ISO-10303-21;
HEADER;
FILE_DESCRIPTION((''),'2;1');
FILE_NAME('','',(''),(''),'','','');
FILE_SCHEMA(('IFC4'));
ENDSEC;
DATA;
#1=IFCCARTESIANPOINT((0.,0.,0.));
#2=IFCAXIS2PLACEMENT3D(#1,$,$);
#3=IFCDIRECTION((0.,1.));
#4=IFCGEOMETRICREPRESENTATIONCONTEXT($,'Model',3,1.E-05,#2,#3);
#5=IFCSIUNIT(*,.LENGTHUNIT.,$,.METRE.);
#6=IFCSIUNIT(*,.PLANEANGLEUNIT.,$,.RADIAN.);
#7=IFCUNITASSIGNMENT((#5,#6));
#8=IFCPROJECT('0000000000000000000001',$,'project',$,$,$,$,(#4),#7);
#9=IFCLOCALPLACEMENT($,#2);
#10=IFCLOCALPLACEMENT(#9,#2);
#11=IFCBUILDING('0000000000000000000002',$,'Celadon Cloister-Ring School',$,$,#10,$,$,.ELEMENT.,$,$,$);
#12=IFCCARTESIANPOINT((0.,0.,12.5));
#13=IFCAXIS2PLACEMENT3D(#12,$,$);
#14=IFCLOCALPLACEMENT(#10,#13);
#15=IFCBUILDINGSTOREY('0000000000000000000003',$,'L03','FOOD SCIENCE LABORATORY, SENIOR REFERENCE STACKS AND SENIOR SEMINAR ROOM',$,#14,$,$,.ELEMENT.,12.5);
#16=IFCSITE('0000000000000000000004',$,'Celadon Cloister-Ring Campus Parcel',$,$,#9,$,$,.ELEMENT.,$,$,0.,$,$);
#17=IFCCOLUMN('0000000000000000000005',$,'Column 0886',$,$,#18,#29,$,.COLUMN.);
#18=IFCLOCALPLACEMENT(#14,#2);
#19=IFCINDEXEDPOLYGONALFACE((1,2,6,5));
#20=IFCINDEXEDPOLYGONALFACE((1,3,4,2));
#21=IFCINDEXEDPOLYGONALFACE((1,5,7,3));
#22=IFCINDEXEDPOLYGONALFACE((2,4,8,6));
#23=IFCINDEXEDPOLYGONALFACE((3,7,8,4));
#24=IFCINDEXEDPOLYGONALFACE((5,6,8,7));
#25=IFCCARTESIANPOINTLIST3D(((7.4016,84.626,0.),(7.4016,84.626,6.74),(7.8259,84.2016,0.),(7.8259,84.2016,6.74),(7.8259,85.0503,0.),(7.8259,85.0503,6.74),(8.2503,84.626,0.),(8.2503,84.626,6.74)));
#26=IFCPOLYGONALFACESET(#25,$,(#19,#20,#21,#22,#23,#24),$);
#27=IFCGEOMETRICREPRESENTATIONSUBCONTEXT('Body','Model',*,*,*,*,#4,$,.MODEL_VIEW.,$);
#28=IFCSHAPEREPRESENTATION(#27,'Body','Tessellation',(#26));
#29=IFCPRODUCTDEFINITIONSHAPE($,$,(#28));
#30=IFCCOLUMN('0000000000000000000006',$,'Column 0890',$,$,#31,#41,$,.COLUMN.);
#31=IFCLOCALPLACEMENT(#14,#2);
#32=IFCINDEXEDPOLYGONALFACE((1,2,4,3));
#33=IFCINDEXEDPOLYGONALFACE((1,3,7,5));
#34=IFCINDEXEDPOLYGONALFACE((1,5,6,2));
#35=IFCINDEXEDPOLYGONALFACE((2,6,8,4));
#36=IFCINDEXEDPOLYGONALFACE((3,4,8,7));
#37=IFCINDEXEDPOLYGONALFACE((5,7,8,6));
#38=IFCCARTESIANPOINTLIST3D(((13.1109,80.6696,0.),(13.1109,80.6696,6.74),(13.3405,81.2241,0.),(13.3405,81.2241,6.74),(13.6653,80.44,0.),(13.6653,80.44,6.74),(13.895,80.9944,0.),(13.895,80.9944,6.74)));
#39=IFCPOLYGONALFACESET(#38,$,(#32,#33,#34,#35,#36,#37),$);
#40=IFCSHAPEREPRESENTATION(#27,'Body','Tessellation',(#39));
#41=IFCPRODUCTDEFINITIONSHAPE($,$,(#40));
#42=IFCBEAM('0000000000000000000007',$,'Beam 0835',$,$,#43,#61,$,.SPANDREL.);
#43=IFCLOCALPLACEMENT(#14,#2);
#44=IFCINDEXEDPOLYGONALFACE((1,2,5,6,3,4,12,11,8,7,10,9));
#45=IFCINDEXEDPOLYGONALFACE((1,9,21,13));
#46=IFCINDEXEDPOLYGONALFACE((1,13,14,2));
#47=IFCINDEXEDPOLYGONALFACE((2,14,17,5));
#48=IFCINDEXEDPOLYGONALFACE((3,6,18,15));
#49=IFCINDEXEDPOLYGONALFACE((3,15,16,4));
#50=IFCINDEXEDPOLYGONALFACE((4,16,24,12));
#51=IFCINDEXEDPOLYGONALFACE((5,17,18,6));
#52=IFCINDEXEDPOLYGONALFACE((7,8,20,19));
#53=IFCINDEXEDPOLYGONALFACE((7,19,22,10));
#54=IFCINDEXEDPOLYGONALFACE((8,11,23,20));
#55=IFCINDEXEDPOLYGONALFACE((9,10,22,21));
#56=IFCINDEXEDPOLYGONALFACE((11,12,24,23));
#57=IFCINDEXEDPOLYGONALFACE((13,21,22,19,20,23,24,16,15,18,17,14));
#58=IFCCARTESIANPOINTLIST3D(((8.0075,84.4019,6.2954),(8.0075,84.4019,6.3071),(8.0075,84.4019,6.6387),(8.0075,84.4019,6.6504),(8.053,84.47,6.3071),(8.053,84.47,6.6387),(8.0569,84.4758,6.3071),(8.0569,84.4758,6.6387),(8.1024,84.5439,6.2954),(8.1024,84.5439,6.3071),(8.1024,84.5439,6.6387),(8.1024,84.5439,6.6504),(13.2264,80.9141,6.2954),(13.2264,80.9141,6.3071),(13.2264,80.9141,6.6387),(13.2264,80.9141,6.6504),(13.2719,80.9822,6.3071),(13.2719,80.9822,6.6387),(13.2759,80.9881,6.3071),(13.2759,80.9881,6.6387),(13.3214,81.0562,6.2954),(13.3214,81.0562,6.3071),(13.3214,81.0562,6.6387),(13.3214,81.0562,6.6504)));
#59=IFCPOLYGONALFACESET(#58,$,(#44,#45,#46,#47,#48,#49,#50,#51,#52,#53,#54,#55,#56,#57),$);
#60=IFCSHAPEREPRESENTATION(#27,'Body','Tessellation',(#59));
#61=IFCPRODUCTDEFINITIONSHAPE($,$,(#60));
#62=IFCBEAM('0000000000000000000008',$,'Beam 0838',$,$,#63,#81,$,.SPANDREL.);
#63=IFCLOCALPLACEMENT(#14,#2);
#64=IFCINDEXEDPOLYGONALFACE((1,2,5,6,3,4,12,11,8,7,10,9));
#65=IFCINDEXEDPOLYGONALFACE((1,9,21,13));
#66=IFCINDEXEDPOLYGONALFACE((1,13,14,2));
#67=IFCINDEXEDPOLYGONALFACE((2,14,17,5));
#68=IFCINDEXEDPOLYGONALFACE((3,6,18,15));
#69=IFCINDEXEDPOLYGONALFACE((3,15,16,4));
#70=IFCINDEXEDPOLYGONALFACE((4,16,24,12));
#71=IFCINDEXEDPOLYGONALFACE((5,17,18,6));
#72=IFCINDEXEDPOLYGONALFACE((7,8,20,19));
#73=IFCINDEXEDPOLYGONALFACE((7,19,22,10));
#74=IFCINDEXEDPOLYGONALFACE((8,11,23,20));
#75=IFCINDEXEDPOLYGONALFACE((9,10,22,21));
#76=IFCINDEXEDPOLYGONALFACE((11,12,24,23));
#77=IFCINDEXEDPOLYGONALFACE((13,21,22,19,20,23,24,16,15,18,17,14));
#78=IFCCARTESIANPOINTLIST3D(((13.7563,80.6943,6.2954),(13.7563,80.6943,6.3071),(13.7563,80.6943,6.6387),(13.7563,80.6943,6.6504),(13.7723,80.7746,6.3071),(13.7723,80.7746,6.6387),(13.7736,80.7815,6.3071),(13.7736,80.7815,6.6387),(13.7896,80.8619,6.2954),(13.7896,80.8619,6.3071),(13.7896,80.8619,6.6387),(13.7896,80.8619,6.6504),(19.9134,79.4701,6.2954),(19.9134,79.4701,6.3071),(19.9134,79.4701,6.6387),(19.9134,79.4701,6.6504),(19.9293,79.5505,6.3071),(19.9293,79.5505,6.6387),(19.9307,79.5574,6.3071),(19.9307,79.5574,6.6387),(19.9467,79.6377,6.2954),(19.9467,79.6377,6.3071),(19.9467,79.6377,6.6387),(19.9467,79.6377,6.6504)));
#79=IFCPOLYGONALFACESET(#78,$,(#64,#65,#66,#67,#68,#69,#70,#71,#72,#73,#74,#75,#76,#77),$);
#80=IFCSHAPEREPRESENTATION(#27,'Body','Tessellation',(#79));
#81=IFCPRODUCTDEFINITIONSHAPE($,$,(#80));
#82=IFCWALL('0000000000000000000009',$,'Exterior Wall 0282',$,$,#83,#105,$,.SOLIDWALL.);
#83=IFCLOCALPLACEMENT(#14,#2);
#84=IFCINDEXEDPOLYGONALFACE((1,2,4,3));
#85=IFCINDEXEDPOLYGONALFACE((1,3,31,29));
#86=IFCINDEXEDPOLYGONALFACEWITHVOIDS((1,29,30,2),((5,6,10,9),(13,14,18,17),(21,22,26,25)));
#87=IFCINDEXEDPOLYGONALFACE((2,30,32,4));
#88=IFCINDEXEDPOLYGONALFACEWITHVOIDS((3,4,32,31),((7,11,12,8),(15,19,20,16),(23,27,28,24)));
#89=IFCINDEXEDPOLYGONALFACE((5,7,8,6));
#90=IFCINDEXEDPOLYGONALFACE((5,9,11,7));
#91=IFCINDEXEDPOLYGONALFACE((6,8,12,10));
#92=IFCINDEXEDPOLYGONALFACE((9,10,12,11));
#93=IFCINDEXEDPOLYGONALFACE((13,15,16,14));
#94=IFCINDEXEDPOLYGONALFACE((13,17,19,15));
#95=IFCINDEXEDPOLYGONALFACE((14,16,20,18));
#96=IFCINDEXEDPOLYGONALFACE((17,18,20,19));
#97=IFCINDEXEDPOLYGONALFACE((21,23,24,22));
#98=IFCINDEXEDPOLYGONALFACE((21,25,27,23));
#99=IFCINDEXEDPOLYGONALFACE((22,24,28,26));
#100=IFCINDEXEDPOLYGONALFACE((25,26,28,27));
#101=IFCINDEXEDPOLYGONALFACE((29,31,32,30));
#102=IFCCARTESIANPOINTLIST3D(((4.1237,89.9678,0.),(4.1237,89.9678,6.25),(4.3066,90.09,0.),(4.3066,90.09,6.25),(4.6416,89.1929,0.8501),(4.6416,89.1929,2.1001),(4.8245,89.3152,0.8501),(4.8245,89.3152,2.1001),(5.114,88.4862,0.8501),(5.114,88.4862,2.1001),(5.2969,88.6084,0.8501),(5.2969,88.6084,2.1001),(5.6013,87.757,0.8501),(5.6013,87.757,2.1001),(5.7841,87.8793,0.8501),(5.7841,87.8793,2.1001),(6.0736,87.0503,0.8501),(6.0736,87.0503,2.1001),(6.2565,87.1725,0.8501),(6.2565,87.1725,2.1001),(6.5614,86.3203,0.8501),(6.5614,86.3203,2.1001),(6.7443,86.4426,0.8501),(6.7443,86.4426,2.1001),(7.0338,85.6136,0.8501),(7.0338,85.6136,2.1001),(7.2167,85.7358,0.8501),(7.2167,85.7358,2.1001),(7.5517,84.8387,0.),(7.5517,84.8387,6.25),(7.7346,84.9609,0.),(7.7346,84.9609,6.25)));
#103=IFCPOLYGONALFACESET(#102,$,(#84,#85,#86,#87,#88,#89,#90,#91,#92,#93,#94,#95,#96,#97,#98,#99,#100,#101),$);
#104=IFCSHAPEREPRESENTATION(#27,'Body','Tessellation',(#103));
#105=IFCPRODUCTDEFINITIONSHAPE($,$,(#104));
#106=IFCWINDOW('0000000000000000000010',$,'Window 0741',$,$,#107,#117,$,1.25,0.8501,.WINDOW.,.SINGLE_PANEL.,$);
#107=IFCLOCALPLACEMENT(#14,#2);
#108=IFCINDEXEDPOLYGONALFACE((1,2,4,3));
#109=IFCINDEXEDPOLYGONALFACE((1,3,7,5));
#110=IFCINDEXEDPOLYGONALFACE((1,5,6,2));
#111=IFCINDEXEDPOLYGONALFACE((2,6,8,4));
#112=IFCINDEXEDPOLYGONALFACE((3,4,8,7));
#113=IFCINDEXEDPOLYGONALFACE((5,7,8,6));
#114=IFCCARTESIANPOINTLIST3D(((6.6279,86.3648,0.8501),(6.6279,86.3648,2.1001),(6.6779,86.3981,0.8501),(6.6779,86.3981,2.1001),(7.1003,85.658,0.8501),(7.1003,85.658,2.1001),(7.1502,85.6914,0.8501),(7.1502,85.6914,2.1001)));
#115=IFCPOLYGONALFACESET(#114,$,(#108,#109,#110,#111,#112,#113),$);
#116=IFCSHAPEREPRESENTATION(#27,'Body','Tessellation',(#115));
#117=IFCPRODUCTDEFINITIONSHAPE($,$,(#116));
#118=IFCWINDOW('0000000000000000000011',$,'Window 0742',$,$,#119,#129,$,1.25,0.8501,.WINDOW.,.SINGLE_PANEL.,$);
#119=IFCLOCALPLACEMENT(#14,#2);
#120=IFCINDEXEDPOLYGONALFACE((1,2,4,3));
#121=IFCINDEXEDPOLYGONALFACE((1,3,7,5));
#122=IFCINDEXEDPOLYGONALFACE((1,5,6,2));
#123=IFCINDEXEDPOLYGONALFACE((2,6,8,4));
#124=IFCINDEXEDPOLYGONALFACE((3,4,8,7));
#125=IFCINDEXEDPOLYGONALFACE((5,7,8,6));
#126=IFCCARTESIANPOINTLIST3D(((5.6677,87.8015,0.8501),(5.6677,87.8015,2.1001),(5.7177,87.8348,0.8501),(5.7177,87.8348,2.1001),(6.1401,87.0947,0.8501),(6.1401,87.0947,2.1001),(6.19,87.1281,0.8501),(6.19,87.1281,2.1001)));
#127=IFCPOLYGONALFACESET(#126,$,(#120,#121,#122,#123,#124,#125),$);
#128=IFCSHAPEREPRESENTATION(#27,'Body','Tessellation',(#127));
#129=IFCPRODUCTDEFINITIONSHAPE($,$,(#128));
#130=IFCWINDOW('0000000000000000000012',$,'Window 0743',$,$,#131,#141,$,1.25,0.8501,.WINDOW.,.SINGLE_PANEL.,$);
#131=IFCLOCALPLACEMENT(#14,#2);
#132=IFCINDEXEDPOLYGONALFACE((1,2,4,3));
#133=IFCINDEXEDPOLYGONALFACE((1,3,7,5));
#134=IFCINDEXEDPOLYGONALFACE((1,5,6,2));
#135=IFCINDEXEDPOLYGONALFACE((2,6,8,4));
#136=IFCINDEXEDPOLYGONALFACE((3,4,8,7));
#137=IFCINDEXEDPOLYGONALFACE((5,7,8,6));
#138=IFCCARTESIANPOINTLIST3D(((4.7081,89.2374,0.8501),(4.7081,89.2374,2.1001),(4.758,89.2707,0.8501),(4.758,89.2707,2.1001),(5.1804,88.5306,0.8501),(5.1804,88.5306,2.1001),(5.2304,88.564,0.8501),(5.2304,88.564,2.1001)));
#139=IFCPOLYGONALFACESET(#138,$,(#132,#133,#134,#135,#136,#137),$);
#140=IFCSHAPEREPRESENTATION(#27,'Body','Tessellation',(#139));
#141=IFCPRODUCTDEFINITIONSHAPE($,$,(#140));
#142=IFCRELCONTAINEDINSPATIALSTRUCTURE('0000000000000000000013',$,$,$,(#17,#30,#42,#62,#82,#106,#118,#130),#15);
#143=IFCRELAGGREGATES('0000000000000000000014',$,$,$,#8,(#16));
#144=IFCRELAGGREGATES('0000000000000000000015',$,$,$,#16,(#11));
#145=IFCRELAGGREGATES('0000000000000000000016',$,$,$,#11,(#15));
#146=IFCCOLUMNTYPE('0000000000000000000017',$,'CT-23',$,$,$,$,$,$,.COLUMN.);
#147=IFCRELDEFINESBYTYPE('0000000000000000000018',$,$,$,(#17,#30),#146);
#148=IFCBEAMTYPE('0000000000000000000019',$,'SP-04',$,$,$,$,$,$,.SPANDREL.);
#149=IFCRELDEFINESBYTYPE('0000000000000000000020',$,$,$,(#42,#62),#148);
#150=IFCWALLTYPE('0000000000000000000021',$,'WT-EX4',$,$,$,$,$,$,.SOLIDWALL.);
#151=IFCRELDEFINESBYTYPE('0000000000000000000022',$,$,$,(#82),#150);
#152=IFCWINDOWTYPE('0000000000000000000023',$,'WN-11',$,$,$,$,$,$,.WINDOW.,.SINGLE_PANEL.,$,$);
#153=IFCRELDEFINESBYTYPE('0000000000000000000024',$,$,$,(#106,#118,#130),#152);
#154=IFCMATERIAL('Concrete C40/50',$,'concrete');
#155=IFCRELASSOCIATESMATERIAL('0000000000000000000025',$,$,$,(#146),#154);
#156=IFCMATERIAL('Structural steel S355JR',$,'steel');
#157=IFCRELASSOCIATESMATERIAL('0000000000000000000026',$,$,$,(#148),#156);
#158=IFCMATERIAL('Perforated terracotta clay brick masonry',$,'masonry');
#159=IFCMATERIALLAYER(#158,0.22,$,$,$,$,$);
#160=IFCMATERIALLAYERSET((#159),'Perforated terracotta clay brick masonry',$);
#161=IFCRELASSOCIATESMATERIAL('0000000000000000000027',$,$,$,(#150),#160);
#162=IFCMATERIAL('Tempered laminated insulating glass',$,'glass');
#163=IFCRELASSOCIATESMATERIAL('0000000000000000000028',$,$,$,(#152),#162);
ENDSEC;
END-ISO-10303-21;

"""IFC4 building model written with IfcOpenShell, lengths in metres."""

from ifc_helpers import new_model, si_unit, direction, frame, frame_2d, origin, origin_2d, place, context, subcontext, project, spatial, rectangle, i_section, extrude, material, layer, layer_set, material_profile, profile_set, type_object, element, fill, save


model = new_model("IFC4")

# Units and contexts
model_context = context("Model", 3, precision=1e-05, world=origin(), true_north=direction((0.0, 1.0)))
body_context = subcontext(model_context, "Body", "Model", "MODEL_VIEW")
ifc_project = project(units=[si_unit("LENGTHUNIT", "METRE"), si_unit("PLANEANGLEUNIT", "RADIAN")], contexts=[model_context])

# Site, building, storey
site_placement = place(None, origin())
site = spatial("IfcSite", under=ifc_project, at=site_placement, Name="Celadon Cloister-Ring Campus Parcel", CompositionType="ELEMENT", RefElevation=0.0)
building_placement = place(site_placement, origin())
building = spatial("IfcBuilding", under=site, at=building_placement, Name="Celadon Cloister-Ring School", CompositionType="ELEMENT")
storey_placement = place(building_placement, frame((0.0, 0.0, 12.5)))
storey = spatial("IfcBuildingStorey", under=building, at=storey_placement, Name="L03", Description="FOOD SCIENCE LABORATORY, SENIOR REFERENCE STACKS AND SENIOR SEMINAR ROOM", CompositionType="ELEMENT", Elevation=12.5)

# Columns
ifc_material_1 = material(Name="Concrete C40/50", Category="concrete")
ifc_material_profile_1 = material_profile(ifc_material_1, rectangle(XDim=0.6001, YDim=0.6001, at=origin_2d()), Name="RC600X600")
ifc_profile_set_1 = profile_set([ifc_material_profile_1], Name="Concrete C40/50")
column_type = type_object("IfcColumnType", Name="CT-23", PredefinedType="COLUMN", material=ifc_profile_set_1)
for number, where, z_axis, x_axis, name in (
    (1, (7.8259, 84.626, 0.0), (0.0, 0.0, 1.0), (-0.707107, -0.707107, 0.0), "Column 0886"),
    (2, (13.5029, 80.832, 0.0), (0.0, 0.0, 1.0), (-0.382683, -0.92388, 0.0), "Column 0890"),
):
    element("IfcColumn", number, at=place(storey_placement, frame(where, z_axis=z_axis, x_axis=x_axis)), inside=storey, type_object=column_type, Name=name, PredefinedType="COLUMN", context=body_context, shape_type="SweptSolid", body=[
        extrude(rectangle(XDim=0.6001, YDim=0.6001, at=origin_2d()), origin(), (0.0, 0.0, 1.0), 6.74),
    ])

# Beams
ifc_material_2 = material(Name="Structural steel S355JR", Category="steel")
ifc_material_profile_2 = material_profile(ifc_material_2, i_section(OverallWidth=0.1709, OverallDepth=0.355, WebThickness=0.0071, FlangeThickness=0.0117, at=origin_2d()), Name="W360X51")
ifc_profile_set_2 = profile_set([ifc_material_profile_2], Name="Structural steel S355JR")
beam_type = type_object("IfcBeamType", Name="SP-04", PredefinedType="SPANDREL", material=ifc_profile_set_2)
beam_1_placement = place(storey_placement, frame((8.0549, 84.4729, 6.4729), z_axis=(0.831427, -0.555633, 0.0), x_axis=(0.555633, 0.831427, 0.0)))
element("IfcBeam", 3, at=beam_1_placement, inside=storey, type_object=beam_type, Name="Beam 0835", PredefinedType="SPANDREL", context=body_context, shape_type="SweptSolid", body=[
    extrude(i_section(OverallWidth=0.1709, OverallDepth=0.355, WebThickness=0.0071, FlangeThickness=0.0117, at=origin_2d()), origin(), (0.0, 0.0, 1.0), 6.2771),
])
beam_2_placement = place(storey_placement, frame((13.7729, 80.7781, 6.4729), z_axis=(0.980803, -0.195002, 0.0), x_axis=(0.195002, 0.980803, 0.0)))
element("IfcBeam", 4, at=beam_2_placement, inside=storey, type_object=beam_type, Name="Beam 0838", PredefinedType="SPANDREL", context=body_context, shape_type="SweptSolid", body=[
    extrude(i_section(OverallWidth=0.1709, OverallDepth=0.355, WebThickness=0.0071, FlangeThickness=0.0117, at=origin_2d()), origin(), (0.0, 0.0, 1.0), 6.2776),
])

# Wall, openings, windows
ifc_material_3 = material(Name="Perforated terracotta clay brick masonry", Category="masonry")
ifc_layer_1 = layer(ifc_material_3, 0.22)
ifc_layer_set_1 = layer_set([ifc_layer_1], Name="Perforated terracotta clay brick masonry")
wall_type = type_object("IfcWallType", Name="WT-EX4", PredefinedType="SOLIDWALL", material=ifc_layer_set_1)
wall_1_placement = place(storey_placement, frame((7.6431, 84.8999, 0.0), z_axis=(0.0, 0.0, 1.0), x_axis=(-0.555659, 0.83141, 0.0)))
wall_1 = element("IfcWall", 5, at=wall_1_placement, inside=storey, type_object=wall_type, Name="Exterior Wall 0282", PredefinedType="SOLIDWALL", context=body_context, shape_type="SweptSolid", body=[
    extrude(rectangle(XDim=6.1692, YDim=0.22, at=frame_2d((3.0845, 0.0))), origin(), (0.0, 0.0, 1.0), 6.25),
])
opening_1_placement = place(wall_1_placement, frame((0.9319, 0.0, 0.8501)))
opening_1 = element("IfcOpeningElement", 6, at=opening_1_placement, cuts=wall_1, PredefinedType="OPENING", context=body_context, shape_type="SweptSolid", body=[
    extrude(rectangle(XDim=0.8501, YDim=1.25, at=frame_2d((0.425, 0.625))), frame((0.0, 0.1201, 0.0), z_axis=(0.0, -1.0, 0.0), x_axis=(1.0, 0.0, 0.0)), (0.0, 0.0, 1.0), 0.24),
])
opening_2_placement = place(wall_1_placement, frame((2.6599, 0.0, 0.8501)))
opening_2 = element("IfcOpeningElement", 7, at=opening_2_placement, cuts=wall_1, PredefinedType="OPENING", context=body_context, shape_type="SweptSolid", body=[
    extrude(rectangle(XDim=0.8501, YDim=1.25, at=frame_2d((0.425, 0.625))), frame((0.0, 0.1201, 0.0), z_axis=(0.0, -1.0, 0.0), x_axis=(1.0, 0.0, 0.0)), (0.0, 0.0, 1.0), 0.24),
])
opening_3_placement = place(wall_1_placement, frame((4.387, 0.0, 0.8501)))
opening_3 = element("IfcOpeningElement", 8, at=opening_3_placement, cuts=wall_1, PredefinedType="OPENING", context=body_context, shape_type="SweptSolid", body=[
    extrude(rectangle(XDim=0.8501, YDim=1.25, at=frame_2d((0.425, 0.625))), frame((0.0, 0.1201, 0.0), z_axis=(0.0, -1.0, 0.0), x_axis=(1.0, 0.0, 0.0)), (0.0, 0.0, 1.0), 0.24),
])
ifc_material_4 = material(Name="Tempered laminated insulating glass", Category="glass")
window_type = type_object("IfcWindowType", Name="WN-11", PartitioningType="SINGLE_PANEL", PredefinedType="WINDOW", material=ifc_material_4)
window_1_placement = place(opening_1_placement, origin())
window_1 = element("IfcWindow", 9, at=window_1_placement, inside=storey, type_object=window_type, Name="Window 0741", OverallHeight=1.25, OverallWidth=0.8501, PartitioningType="SINGLE_PANEL", PredefinedType="WINDOW", context=body_context, shape_type="SweptSolid", body=[
    extrude(rectangle(XDim=0.8501, YDim=1.25, at=frame_2d((0.425, 0.625))), frame((0.0, 0.03, 0.0), z_axis=(0.0, -1.0, 0.0), x_axis=(1.0, 0.0, 0.0)), (0.0, 0.0, 1.0), 0.0601),
])
fill(opening_1, window_1)
window_2_placement = place(opening_2_placement, origin())
window_2 = element("IfcWindow", 10, at=window_2_placement, inside=storey, type_object=window_type, Name="Window 0742", OverallHeight=1.25, OverallWidth=0.8501, PartitioningType="SINGLE_PANEL", PredefinedType="WINDOW", context=body_context, shape_type="SweptSolid", body=[
    extrude(rectangle(XDim=0.8501, YDim=1.25, at=frame_2d((0.425, 0.625))), frame((0.0, 0.03, 0.0), z_axis=(0.0, -1.0, 0.0), x_axis=(1.0, 0.0, 0.0)), (0.0, 0.0, 1.0), 0.0601),
])
fill(opening_2, window_2)
window_3_placement = place(opening_3_placement, origin())
window_3 = element("IfcWindow", 11, at=window_3_placement, inside=storey, type_object=window_type, Name="Window 0743", OverallHeight=1.25, OverallWidth=0.8501, PartitioningType="SINGLE_PANEL", PredefinedType="WINDOW", context=body_context, shape_type="SweptSolid", body=[
    extrude(rectangle(XDim=0.8501, YDim=1.25, at=frame_2d((0.425, 0.625))), frame((0.0, 0.03, 0.0), z_axis=(0.0, -1.0, 0.0), x_axis=(1.0, 0.0, 0.0)), (0.0, 0.0, 1.0), 0.0601),
])
fill(opening_3, window_3)

save(model, "model.ifc")
